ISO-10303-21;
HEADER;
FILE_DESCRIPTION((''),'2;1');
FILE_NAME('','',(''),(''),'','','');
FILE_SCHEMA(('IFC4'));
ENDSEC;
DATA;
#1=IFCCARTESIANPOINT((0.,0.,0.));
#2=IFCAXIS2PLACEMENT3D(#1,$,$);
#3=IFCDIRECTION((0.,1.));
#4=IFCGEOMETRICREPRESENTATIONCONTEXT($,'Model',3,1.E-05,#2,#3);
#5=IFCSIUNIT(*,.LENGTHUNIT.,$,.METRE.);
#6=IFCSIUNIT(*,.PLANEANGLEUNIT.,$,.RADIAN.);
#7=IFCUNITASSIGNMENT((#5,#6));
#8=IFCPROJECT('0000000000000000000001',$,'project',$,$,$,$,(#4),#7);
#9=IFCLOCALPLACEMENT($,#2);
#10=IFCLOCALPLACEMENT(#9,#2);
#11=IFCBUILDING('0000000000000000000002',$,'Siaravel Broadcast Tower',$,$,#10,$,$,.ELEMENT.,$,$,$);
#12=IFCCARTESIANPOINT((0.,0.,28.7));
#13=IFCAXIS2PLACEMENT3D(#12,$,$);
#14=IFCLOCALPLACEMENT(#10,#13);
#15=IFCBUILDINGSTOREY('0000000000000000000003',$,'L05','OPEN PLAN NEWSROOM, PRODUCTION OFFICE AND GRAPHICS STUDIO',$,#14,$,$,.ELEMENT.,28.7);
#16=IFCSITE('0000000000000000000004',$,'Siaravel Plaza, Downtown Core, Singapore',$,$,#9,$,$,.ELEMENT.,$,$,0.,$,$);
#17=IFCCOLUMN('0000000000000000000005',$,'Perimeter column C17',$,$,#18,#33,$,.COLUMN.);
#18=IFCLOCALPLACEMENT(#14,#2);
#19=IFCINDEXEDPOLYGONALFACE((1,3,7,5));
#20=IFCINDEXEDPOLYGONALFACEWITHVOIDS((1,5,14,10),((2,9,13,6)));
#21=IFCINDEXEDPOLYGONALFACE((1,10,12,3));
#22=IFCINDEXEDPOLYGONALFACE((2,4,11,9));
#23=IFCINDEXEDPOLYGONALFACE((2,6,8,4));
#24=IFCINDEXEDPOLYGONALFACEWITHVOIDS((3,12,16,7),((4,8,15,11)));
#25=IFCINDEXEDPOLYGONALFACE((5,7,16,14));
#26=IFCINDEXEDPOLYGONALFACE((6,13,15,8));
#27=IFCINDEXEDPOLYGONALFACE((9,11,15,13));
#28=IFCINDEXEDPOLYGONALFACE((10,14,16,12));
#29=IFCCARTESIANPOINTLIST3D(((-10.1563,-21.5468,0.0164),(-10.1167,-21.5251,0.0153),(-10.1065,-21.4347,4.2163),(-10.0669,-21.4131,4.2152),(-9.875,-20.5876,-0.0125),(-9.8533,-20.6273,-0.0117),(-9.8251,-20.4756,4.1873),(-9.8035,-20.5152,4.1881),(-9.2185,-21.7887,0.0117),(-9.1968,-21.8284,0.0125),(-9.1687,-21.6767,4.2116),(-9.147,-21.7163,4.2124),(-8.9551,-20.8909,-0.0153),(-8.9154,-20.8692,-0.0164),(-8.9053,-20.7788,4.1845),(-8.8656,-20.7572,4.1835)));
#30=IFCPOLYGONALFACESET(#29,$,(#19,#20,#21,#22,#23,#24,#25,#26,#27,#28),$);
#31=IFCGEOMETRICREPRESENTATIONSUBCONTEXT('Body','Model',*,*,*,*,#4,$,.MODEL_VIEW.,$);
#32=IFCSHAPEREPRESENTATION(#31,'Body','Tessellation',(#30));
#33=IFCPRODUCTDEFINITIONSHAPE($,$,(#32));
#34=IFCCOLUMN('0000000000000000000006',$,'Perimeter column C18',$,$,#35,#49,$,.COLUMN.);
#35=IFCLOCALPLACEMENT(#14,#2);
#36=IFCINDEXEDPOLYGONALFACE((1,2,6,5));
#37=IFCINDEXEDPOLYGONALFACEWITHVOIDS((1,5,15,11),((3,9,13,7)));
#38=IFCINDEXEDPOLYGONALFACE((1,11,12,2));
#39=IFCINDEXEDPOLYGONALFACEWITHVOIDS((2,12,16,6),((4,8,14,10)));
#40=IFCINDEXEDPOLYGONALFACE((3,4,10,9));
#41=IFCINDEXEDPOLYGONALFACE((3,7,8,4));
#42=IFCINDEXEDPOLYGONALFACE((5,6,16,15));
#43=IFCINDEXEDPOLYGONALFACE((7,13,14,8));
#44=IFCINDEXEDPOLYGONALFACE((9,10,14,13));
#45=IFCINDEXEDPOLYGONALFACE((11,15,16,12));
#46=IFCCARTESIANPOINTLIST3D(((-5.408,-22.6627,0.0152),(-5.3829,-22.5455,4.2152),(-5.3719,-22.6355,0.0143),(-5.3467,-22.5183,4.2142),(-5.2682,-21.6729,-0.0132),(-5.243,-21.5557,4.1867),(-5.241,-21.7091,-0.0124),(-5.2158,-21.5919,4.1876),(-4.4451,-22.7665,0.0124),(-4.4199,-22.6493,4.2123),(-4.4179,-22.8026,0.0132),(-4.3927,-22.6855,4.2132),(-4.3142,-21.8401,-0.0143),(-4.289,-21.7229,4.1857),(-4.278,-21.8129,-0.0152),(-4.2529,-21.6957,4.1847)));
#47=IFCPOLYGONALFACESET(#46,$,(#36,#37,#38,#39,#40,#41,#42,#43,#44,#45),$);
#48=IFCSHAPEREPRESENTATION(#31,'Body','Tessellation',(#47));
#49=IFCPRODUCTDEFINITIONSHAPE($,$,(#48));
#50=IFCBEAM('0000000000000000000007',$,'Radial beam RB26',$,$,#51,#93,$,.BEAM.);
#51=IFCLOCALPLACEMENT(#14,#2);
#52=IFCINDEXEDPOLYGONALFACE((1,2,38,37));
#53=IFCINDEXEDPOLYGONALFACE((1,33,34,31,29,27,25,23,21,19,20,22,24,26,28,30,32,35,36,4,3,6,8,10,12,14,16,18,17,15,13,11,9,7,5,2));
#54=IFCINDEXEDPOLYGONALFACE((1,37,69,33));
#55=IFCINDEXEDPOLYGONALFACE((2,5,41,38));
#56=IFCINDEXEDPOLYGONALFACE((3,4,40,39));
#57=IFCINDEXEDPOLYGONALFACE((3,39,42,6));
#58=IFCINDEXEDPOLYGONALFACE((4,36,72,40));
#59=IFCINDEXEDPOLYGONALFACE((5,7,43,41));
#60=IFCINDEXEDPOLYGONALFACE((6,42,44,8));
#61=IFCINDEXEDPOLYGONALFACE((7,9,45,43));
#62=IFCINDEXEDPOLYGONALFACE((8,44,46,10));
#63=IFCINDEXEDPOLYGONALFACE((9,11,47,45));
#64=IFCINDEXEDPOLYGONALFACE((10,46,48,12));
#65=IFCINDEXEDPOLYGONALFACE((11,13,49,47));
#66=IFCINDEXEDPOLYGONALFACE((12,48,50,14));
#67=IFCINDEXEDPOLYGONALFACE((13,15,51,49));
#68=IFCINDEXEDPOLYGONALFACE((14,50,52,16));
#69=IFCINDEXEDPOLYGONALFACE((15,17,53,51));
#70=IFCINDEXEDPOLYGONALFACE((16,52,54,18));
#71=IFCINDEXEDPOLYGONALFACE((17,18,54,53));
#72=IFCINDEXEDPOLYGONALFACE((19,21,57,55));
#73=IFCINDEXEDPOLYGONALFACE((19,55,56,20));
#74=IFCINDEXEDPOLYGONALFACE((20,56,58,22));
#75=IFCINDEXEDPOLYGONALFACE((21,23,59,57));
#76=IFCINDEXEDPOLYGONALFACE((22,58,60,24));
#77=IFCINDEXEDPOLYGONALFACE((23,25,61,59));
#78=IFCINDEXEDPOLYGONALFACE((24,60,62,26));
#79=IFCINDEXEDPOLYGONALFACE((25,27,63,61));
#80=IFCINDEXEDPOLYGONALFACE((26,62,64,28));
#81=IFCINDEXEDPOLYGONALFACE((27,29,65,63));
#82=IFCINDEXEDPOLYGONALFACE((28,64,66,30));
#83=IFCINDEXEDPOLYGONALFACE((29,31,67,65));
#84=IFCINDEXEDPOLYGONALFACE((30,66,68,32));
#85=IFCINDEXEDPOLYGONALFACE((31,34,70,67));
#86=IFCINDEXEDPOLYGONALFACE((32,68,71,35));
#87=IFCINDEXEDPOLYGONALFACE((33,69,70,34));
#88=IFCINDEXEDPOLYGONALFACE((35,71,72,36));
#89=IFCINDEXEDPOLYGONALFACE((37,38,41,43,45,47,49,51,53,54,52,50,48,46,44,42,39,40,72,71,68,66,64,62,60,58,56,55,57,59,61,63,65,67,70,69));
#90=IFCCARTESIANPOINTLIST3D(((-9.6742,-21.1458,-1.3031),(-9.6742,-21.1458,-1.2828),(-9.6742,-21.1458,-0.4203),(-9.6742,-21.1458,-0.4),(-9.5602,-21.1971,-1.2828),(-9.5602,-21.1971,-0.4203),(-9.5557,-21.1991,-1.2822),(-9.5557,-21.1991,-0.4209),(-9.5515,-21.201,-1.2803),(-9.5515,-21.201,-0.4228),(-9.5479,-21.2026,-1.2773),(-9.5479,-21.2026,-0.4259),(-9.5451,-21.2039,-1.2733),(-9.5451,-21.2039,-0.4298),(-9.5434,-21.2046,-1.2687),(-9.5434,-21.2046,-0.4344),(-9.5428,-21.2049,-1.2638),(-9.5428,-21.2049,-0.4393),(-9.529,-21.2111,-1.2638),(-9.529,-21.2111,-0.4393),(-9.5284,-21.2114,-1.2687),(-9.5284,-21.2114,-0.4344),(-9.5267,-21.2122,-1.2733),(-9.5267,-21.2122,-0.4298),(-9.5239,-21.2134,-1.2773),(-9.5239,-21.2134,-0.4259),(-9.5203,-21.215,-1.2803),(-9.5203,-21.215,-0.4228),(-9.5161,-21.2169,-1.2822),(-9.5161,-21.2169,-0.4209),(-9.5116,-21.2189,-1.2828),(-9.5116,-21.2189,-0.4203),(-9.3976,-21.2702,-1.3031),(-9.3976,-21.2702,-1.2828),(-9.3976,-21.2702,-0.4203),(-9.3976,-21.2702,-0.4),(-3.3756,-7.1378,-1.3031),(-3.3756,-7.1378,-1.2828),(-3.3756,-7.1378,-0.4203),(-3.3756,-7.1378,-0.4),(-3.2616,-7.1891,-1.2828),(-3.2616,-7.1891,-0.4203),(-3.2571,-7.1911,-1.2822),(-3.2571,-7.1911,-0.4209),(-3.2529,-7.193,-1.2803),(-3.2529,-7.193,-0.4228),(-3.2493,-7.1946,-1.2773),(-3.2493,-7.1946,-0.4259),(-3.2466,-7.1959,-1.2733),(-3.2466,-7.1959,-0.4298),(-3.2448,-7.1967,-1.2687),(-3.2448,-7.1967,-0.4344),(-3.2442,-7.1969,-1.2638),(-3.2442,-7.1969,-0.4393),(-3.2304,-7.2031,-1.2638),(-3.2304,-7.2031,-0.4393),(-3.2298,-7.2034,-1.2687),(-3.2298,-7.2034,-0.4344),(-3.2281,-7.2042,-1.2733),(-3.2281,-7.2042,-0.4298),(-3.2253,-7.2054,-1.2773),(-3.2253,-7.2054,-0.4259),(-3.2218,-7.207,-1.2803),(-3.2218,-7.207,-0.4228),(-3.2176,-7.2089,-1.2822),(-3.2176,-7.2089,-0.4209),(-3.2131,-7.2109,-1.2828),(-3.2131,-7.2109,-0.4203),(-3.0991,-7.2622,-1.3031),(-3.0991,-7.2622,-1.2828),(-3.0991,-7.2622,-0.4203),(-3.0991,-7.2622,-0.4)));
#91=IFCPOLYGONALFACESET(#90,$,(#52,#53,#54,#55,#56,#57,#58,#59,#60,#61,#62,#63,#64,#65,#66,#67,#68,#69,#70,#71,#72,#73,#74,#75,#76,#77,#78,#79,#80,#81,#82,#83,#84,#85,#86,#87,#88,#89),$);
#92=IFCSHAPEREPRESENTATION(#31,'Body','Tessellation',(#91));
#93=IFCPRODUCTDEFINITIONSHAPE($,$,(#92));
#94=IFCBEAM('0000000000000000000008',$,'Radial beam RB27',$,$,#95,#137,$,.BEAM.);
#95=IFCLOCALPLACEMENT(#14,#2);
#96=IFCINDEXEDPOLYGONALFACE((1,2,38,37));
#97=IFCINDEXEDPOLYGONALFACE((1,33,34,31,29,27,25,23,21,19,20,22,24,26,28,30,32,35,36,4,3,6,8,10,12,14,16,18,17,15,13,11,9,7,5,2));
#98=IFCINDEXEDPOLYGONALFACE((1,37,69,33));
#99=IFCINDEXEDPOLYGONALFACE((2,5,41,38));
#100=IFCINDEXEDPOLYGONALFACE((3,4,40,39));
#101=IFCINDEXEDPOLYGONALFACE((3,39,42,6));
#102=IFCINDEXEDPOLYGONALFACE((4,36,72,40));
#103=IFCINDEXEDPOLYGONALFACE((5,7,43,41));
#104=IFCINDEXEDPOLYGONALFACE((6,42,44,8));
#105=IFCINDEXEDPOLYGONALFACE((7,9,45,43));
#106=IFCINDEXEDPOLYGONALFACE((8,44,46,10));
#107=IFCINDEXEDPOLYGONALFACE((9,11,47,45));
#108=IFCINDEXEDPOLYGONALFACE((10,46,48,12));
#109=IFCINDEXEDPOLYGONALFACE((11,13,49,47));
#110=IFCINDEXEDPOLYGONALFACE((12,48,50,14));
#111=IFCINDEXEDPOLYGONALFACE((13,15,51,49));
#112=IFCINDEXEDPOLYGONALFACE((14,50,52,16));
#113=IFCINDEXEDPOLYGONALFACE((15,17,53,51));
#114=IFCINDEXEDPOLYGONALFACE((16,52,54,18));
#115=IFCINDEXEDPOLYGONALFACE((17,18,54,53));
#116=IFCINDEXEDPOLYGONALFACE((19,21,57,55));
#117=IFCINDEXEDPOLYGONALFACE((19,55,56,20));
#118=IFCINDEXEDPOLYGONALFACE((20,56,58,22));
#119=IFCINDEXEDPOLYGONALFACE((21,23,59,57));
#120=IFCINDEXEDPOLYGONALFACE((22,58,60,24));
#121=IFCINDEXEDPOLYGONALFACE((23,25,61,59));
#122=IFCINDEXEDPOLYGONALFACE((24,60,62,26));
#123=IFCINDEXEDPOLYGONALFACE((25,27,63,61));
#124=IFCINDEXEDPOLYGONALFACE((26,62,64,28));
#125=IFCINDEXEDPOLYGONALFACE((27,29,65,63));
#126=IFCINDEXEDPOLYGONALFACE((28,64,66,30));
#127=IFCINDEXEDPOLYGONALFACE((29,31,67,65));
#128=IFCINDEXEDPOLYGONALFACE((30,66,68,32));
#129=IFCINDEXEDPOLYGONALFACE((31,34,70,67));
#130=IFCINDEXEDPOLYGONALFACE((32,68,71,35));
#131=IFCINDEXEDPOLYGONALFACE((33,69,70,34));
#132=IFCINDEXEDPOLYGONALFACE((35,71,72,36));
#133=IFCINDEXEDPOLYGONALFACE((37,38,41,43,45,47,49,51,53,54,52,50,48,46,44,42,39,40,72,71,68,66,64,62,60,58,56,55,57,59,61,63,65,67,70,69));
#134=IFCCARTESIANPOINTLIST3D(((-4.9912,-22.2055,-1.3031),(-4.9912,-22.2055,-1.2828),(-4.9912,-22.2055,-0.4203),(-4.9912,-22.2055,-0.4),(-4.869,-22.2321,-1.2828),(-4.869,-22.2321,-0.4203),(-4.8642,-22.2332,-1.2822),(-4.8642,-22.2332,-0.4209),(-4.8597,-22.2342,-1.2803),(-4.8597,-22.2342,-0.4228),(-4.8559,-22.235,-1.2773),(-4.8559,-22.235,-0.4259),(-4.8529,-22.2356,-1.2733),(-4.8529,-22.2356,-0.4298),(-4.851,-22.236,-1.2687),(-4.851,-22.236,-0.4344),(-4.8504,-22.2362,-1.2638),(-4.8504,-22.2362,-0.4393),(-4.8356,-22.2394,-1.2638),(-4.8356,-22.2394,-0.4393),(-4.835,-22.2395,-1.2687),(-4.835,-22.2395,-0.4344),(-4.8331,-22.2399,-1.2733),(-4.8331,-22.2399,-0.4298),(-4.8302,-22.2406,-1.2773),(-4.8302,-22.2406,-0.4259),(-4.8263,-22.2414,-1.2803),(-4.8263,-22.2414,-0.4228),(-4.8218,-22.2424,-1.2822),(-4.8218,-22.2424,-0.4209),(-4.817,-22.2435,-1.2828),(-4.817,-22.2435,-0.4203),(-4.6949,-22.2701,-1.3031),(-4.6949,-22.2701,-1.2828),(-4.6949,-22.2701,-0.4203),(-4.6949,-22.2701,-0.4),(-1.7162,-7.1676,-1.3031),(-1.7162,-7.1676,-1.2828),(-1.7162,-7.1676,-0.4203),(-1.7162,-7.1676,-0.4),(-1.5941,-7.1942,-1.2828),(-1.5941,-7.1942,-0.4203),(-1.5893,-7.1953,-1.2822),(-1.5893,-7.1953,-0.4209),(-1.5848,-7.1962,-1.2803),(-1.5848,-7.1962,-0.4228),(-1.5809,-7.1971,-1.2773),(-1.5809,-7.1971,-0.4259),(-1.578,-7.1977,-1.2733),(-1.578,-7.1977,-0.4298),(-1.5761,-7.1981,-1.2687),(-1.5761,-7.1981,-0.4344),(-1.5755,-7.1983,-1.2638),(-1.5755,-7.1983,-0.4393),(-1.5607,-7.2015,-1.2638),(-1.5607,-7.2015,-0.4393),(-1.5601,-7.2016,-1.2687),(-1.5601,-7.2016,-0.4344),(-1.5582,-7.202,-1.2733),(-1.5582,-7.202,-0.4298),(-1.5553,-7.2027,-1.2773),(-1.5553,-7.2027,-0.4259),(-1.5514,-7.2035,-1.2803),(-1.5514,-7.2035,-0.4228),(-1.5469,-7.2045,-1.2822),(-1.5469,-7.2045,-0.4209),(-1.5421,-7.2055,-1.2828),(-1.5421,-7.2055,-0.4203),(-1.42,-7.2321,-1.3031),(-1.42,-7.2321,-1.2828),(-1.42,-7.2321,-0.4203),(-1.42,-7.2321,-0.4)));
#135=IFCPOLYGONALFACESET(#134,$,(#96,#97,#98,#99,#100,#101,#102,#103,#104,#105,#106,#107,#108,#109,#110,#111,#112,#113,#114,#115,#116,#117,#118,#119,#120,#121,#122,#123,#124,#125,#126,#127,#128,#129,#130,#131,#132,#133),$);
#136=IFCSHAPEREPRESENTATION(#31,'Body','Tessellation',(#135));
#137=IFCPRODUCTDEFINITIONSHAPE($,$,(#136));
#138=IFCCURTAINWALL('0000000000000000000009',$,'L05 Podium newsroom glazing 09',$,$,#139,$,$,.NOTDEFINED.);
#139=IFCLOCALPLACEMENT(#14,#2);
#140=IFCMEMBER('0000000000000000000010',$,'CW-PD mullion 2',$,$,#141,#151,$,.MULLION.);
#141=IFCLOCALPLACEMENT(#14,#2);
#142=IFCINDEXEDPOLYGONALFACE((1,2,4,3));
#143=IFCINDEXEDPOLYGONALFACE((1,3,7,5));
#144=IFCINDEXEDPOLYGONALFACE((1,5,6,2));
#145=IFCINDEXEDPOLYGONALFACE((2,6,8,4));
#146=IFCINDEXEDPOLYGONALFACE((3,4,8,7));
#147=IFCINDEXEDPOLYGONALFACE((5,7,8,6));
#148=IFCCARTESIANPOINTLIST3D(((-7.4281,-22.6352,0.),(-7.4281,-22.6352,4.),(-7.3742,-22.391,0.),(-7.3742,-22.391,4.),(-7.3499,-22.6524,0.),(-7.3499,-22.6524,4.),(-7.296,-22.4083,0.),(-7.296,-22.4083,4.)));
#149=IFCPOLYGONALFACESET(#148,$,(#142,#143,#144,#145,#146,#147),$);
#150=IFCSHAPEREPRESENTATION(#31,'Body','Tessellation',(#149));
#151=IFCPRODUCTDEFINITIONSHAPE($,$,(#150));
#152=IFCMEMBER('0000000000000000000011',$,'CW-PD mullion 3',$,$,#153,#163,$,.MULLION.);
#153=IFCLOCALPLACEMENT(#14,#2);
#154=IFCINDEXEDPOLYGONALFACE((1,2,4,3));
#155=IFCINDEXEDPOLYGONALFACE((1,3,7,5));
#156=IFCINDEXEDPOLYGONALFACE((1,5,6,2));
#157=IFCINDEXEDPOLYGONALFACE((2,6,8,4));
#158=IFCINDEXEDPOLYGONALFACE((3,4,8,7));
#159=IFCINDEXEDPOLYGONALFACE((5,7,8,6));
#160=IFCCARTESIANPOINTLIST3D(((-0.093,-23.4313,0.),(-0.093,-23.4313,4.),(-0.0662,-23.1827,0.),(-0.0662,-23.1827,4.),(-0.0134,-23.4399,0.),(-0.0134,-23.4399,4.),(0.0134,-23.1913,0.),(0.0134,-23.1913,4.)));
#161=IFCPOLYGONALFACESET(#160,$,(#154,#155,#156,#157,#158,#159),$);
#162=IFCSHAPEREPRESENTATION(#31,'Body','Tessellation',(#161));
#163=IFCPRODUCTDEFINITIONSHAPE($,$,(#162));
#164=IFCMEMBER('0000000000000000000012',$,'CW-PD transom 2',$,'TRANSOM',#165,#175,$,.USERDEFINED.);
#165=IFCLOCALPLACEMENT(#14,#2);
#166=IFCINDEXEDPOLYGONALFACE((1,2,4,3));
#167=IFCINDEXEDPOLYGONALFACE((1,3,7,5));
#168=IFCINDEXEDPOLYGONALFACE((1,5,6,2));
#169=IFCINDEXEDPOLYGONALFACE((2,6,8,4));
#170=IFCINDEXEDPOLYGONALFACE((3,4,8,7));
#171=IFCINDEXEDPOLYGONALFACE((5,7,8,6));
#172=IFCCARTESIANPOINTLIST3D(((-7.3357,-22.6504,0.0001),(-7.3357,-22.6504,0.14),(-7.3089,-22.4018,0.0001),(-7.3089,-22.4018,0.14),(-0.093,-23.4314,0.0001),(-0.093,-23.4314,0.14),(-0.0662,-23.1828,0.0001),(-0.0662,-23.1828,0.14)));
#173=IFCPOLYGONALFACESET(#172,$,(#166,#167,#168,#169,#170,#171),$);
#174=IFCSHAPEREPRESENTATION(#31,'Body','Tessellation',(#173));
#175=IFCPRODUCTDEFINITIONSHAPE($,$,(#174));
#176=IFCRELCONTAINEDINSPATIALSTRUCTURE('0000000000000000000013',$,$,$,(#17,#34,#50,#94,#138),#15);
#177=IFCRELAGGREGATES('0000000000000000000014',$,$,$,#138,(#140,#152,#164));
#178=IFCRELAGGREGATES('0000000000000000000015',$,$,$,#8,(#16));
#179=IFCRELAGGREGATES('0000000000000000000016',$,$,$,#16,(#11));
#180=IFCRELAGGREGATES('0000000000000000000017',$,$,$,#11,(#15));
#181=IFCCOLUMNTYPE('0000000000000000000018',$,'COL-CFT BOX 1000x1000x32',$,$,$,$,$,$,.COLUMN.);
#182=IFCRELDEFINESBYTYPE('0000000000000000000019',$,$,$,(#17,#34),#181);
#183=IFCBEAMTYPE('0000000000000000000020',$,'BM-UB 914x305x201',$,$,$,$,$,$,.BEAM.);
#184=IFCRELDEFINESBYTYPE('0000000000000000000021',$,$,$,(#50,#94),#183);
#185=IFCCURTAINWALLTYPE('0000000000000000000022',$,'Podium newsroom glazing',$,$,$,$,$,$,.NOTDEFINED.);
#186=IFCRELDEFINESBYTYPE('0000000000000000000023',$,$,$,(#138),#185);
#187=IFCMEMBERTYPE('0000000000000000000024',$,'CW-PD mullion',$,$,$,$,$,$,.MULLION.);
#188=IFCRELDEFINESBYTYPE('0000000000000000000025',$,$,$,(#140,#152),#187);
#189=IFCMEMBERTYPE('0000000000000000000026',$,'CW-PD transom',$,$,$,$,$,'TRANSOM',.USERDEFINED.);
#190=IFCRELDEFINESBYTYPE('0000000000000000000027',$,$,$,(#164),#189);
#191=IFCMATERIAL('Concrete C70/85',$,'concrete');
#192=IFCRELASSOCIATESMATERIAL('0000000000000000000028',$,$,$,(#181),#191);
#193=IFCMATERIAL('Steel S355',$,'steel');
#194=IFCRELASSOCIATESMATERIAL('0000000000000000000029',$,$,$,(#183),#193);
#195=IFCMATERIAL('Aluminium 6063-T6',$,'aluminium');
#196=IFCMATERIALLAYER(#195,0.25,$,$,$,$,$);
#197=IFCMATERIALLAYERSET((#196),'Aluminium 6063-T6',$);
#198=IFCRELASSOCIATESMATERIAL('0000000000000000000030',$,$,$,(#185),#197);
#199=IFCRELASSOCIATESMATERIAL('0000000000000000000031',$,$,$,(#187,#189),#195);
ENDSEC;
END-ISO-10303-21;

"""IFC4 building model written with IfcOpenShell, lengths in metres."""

from ifc_helpers import new_model, si_unit, direction, frame, origin, origin_2d, place, context, subcontext, project, spatial, rectangle, hollow_rectangle, i_section, extrude, material, layer, layer_set, material_profile, profile_set, type_object, element, aggregate, save


model = new_model("IFC4")

# Units and contexts
model_context = context("Model", 3, precision=1e-05, world=origin(), true_north=direction((0.0, 1.0)))
body_context = subcontext(model_context, "Body", "Model", "MODEL_VIEW")
ifc_project = project(units=[si_unit("LENGTHUNIT", "METRE"), si_unit("PLANEANGLEUNIT", "RADIAN")], contexts=[model_context])

# Site, building, storey
site_placement = place(None, origin())
site = spatial("IfcSite", under=ifc_project, at=site_placement, Name="Siaravel Plaza, Downtown Core, Singapore", CompositionType="ELEMENT", RefElevation=0.0)
building_placement = place(site_placement, origin())
building = spatial("IfcBuilding", under=site, at=building_placement, Name="Siaravel Broadcast Tower", CompositionType="ELEMENT")
storey_placement = place(building_placement, frame((0.0, 0.0, 28.7)))
storey = spatial("IfcBuildingStorey", under=building, at=storey_placement, Name="L05", Description="OPEN PLAN NEWSROOM, PRODUCTION OFFICE AND GRAPHICS STUDIO", CompositionType="ELEMENT", Elevation=28.7)

# Columns
ifc_material_1 = material(Name="Concrete C70/85", Category="concrete")
ifc_material_profile_1 = material_profile(ifc_material_1, hollow_rectangle(XDim=1.0, YDim=1.0, WallThickness=0.032, at=origin_2d()))
ifc_profile_set_1 = profile_set([ifc_material_profile_1], Name="Concrete C70/85")
column_type = type_object("IfcColumnType", Name="COL-CFT BOX 1000x1000x32", PredefinedType="COLUMN", material=ifc_profile_set_1)
for number, where, z_axis, x_axis, name in (
    (1, (-9.5359, -21.208, 0.0), (0.011853, 0.02667, 0.999574), (-0.95952, 0.281614, 0.003865), "Perimeter column C17"),
    (2, (-4.843, -22.2378, 0.0), (0.005985, 0.027891, 0.999593), (-0.990157, 0.139946, 0.002024), "Perimeter column C18"),
):
    element("IfcColumn", number, at=place(storey_placement, frame(where, z_axis=z_axis, x_axis=x_axis)), inside=storey, type_object=column_type, Name=name, PredefinedType="COLUMN", context=body_context, shape_type="SweptSolid", body=[
        extrude(hollow_rectangle(XDim=1.0, YDim=1.0, WallThickness=0.032, at=origin_2d()), origin(), (0.0, 0.0, 1.0), 4.2017),
    ])

# Beams
ifc_material_2 = material(Name="Steel S355", Category="steel")
ifc_material_profile_2 = material_profile(ifc_material_2, i_section(OverallWidth=0.3032, OverallDepth=0.9031, WebThickness=0.0151, FlangeThickness=0.0203, FilletRadius=0.019, at=origin_2d()))
ifc_profile_set_2 = profile_set([ifc_material_profile_2], Name="Steel S355")
beam_type = type_object("IfcBeamType", Name="BM-UB 914x305x201", PredefinedType="BEAM", material=ifc_profile_set_2)
beam_1_placement = place(storey_placement, frame((-9.5359, -21.208, -0.8516), z_axis=(0.410092, 0.912044, 0.0), x_axis=(-0.912044, 0.410092, 0.0)))
element("IfcBeam", 3, at=beam_1_placement, inside=storey, type_object=beam_type, Name="Radial beam RB26", PredefinedType="BEAM", context=body_context, shape_type="SweptSolid", body=[
    extrude(i_section(OverallWidth=0.3032, OverallDepth=0.9031, WebThickness=0.0151, FlangeThickness=0.0203, FilletRadius=0.019, at=origin_2d()), origin(), (0.0, 0.0, 1.0), 15.3589),
])
beam_2_placement = place(storey_placement, frame((-4.843, -22.2378, -0.8516), z_axis=(0.21279, 0.977098, 0.0), x_axis=(-0.977098, 0.21279, 0.0)))
element("IfcBeam", 4, at=beam_2_placement, inside=storey, type_object=beam_type, Name="Radial beam RB27", PredefinedType="BEAM", context=body_context, shape_type="SweptSolid", body=[
    extrude(i_section(OverallWidth=0.3032, OverallDepth=0.9031, WebThickness=0.0151, FlangeThickness=0.0203, FilletRadius=0.019, at=origin_2d()), origin(), (0.0, 0.0, 1.0), 15.3904),
])

# Curtain wall, members
ifc_material_3 = material(Name="Aluminium 6063-T6", Category="aluminium")
ifc_layer_1 = layer(ifc_material_3, 0.25)
ifc_layer_set_1 = layer_set([ifc_layer_1], Name="Aluminium 6063-T6")
curtain_wall_type = type_object("IfcCurtainWallType", Name="Podium newsroom glazing", PredefinedType="NOTDEFINED", material=ifc_layer_set_1)
curtain_wall_placement = place(storey_placement, origin())
curtain_wall = element("IfcCurtainWall", 5, at=curtain_wall_placement, inside=storey, type_object=curtain_wall_type, Name="L05 Podium newsroom glazing 09", PredefinedType="NOTDEFINED")
ifc_material_profile_3 = material_profile(ifc_material_3, rectangle(XDim=0.25, YDim=0.0801, at=origin_2d()))
ifc_profile_set_3 = profile_set([ifc_material_profile_3], Name="Aluminium 6063-T6")
member_type_1 = type_object("IfcMemberType", Name="CW-PD mullion", PredefinedType="MULLION", material=ifc_profile_set_3)
member_1_placement = place(storey_placement, frame((-7.3621, -22.5217, 0.0), z_axis=(0.0, 0.0, 1.0), x_axis=(0.215558, 0.976491, 0.0)))
member_1 = element("IfcMember", 6, at=member_1_placement, type_object=member_type_1, Name="CW-PD mullion 2", PredefinedType="MULLION", context=body_context, shape_type="SweptSolid", body=[
    extrude(rectangle(XDim=0.25, YDim=0.0801, at=origin_2d()), origin(), (0.0, 0.0, 1.0), 4.0),
])
member_2_placement = place(storey_placement, frame((-0.0398, -23.3113, 0.0), z_axis=(0.0, 0.0, 1.0), x_axis=(0.107217, 0.994236, 0.0)))
member_2 = element("IfcMember", 7, at=member_2_placement, type_object=member_type_1, Name="CW-PD mullion 3", PredefinedType="MULLION", context=body_context, shape_type="SweptSolid", body=[
    extrude(rectangle(XDim=0.25, YDim=0.0801, at=origin_2d()), origin(), (0.0, 0.0, 1.0), 4.0),
])
ifc_material_profile_4 = material_profile(ifc_material_3, rectangle(XDim=0.25, YDim=0.1399, at=origin_2d()))
ifc_profile_set_4 = profile_set([ifc_material_profile_4], Name="Aluminium 6063-T6")
member_type_2 = type_object("IfcMemberType", Name="CW-PD transom", ElementType="TRANSOM", PredefinedType="USERDEFINED", material=ifc_profile_set_4)
member_3_placement = place(storey_placement, frame((-7.3223, -22.5261, 0.0701), z_axis=(0.994236, -0.107212, 0.0), x_axis=(0.107212, 0.994236, 0.0)))
member_3 = element("IfcMember", 8, at=member_3_placement, type_object=member_type_2, Name="CW-PD transom 2", ObjectType="TRANSOM", PredefinedType="USERDEFINED", context=body_context, shape_type="SweptSolid", body=[
    extrude(rectangle(XDim=0.25, YDim=0.1399, at=origin_2d()), origin(), (0.0, 0.0, 1.0), 7.2847),
])

aggregate(curtain_wall, [member_1, member_2, member_3])

save(model, "model.ifc")
